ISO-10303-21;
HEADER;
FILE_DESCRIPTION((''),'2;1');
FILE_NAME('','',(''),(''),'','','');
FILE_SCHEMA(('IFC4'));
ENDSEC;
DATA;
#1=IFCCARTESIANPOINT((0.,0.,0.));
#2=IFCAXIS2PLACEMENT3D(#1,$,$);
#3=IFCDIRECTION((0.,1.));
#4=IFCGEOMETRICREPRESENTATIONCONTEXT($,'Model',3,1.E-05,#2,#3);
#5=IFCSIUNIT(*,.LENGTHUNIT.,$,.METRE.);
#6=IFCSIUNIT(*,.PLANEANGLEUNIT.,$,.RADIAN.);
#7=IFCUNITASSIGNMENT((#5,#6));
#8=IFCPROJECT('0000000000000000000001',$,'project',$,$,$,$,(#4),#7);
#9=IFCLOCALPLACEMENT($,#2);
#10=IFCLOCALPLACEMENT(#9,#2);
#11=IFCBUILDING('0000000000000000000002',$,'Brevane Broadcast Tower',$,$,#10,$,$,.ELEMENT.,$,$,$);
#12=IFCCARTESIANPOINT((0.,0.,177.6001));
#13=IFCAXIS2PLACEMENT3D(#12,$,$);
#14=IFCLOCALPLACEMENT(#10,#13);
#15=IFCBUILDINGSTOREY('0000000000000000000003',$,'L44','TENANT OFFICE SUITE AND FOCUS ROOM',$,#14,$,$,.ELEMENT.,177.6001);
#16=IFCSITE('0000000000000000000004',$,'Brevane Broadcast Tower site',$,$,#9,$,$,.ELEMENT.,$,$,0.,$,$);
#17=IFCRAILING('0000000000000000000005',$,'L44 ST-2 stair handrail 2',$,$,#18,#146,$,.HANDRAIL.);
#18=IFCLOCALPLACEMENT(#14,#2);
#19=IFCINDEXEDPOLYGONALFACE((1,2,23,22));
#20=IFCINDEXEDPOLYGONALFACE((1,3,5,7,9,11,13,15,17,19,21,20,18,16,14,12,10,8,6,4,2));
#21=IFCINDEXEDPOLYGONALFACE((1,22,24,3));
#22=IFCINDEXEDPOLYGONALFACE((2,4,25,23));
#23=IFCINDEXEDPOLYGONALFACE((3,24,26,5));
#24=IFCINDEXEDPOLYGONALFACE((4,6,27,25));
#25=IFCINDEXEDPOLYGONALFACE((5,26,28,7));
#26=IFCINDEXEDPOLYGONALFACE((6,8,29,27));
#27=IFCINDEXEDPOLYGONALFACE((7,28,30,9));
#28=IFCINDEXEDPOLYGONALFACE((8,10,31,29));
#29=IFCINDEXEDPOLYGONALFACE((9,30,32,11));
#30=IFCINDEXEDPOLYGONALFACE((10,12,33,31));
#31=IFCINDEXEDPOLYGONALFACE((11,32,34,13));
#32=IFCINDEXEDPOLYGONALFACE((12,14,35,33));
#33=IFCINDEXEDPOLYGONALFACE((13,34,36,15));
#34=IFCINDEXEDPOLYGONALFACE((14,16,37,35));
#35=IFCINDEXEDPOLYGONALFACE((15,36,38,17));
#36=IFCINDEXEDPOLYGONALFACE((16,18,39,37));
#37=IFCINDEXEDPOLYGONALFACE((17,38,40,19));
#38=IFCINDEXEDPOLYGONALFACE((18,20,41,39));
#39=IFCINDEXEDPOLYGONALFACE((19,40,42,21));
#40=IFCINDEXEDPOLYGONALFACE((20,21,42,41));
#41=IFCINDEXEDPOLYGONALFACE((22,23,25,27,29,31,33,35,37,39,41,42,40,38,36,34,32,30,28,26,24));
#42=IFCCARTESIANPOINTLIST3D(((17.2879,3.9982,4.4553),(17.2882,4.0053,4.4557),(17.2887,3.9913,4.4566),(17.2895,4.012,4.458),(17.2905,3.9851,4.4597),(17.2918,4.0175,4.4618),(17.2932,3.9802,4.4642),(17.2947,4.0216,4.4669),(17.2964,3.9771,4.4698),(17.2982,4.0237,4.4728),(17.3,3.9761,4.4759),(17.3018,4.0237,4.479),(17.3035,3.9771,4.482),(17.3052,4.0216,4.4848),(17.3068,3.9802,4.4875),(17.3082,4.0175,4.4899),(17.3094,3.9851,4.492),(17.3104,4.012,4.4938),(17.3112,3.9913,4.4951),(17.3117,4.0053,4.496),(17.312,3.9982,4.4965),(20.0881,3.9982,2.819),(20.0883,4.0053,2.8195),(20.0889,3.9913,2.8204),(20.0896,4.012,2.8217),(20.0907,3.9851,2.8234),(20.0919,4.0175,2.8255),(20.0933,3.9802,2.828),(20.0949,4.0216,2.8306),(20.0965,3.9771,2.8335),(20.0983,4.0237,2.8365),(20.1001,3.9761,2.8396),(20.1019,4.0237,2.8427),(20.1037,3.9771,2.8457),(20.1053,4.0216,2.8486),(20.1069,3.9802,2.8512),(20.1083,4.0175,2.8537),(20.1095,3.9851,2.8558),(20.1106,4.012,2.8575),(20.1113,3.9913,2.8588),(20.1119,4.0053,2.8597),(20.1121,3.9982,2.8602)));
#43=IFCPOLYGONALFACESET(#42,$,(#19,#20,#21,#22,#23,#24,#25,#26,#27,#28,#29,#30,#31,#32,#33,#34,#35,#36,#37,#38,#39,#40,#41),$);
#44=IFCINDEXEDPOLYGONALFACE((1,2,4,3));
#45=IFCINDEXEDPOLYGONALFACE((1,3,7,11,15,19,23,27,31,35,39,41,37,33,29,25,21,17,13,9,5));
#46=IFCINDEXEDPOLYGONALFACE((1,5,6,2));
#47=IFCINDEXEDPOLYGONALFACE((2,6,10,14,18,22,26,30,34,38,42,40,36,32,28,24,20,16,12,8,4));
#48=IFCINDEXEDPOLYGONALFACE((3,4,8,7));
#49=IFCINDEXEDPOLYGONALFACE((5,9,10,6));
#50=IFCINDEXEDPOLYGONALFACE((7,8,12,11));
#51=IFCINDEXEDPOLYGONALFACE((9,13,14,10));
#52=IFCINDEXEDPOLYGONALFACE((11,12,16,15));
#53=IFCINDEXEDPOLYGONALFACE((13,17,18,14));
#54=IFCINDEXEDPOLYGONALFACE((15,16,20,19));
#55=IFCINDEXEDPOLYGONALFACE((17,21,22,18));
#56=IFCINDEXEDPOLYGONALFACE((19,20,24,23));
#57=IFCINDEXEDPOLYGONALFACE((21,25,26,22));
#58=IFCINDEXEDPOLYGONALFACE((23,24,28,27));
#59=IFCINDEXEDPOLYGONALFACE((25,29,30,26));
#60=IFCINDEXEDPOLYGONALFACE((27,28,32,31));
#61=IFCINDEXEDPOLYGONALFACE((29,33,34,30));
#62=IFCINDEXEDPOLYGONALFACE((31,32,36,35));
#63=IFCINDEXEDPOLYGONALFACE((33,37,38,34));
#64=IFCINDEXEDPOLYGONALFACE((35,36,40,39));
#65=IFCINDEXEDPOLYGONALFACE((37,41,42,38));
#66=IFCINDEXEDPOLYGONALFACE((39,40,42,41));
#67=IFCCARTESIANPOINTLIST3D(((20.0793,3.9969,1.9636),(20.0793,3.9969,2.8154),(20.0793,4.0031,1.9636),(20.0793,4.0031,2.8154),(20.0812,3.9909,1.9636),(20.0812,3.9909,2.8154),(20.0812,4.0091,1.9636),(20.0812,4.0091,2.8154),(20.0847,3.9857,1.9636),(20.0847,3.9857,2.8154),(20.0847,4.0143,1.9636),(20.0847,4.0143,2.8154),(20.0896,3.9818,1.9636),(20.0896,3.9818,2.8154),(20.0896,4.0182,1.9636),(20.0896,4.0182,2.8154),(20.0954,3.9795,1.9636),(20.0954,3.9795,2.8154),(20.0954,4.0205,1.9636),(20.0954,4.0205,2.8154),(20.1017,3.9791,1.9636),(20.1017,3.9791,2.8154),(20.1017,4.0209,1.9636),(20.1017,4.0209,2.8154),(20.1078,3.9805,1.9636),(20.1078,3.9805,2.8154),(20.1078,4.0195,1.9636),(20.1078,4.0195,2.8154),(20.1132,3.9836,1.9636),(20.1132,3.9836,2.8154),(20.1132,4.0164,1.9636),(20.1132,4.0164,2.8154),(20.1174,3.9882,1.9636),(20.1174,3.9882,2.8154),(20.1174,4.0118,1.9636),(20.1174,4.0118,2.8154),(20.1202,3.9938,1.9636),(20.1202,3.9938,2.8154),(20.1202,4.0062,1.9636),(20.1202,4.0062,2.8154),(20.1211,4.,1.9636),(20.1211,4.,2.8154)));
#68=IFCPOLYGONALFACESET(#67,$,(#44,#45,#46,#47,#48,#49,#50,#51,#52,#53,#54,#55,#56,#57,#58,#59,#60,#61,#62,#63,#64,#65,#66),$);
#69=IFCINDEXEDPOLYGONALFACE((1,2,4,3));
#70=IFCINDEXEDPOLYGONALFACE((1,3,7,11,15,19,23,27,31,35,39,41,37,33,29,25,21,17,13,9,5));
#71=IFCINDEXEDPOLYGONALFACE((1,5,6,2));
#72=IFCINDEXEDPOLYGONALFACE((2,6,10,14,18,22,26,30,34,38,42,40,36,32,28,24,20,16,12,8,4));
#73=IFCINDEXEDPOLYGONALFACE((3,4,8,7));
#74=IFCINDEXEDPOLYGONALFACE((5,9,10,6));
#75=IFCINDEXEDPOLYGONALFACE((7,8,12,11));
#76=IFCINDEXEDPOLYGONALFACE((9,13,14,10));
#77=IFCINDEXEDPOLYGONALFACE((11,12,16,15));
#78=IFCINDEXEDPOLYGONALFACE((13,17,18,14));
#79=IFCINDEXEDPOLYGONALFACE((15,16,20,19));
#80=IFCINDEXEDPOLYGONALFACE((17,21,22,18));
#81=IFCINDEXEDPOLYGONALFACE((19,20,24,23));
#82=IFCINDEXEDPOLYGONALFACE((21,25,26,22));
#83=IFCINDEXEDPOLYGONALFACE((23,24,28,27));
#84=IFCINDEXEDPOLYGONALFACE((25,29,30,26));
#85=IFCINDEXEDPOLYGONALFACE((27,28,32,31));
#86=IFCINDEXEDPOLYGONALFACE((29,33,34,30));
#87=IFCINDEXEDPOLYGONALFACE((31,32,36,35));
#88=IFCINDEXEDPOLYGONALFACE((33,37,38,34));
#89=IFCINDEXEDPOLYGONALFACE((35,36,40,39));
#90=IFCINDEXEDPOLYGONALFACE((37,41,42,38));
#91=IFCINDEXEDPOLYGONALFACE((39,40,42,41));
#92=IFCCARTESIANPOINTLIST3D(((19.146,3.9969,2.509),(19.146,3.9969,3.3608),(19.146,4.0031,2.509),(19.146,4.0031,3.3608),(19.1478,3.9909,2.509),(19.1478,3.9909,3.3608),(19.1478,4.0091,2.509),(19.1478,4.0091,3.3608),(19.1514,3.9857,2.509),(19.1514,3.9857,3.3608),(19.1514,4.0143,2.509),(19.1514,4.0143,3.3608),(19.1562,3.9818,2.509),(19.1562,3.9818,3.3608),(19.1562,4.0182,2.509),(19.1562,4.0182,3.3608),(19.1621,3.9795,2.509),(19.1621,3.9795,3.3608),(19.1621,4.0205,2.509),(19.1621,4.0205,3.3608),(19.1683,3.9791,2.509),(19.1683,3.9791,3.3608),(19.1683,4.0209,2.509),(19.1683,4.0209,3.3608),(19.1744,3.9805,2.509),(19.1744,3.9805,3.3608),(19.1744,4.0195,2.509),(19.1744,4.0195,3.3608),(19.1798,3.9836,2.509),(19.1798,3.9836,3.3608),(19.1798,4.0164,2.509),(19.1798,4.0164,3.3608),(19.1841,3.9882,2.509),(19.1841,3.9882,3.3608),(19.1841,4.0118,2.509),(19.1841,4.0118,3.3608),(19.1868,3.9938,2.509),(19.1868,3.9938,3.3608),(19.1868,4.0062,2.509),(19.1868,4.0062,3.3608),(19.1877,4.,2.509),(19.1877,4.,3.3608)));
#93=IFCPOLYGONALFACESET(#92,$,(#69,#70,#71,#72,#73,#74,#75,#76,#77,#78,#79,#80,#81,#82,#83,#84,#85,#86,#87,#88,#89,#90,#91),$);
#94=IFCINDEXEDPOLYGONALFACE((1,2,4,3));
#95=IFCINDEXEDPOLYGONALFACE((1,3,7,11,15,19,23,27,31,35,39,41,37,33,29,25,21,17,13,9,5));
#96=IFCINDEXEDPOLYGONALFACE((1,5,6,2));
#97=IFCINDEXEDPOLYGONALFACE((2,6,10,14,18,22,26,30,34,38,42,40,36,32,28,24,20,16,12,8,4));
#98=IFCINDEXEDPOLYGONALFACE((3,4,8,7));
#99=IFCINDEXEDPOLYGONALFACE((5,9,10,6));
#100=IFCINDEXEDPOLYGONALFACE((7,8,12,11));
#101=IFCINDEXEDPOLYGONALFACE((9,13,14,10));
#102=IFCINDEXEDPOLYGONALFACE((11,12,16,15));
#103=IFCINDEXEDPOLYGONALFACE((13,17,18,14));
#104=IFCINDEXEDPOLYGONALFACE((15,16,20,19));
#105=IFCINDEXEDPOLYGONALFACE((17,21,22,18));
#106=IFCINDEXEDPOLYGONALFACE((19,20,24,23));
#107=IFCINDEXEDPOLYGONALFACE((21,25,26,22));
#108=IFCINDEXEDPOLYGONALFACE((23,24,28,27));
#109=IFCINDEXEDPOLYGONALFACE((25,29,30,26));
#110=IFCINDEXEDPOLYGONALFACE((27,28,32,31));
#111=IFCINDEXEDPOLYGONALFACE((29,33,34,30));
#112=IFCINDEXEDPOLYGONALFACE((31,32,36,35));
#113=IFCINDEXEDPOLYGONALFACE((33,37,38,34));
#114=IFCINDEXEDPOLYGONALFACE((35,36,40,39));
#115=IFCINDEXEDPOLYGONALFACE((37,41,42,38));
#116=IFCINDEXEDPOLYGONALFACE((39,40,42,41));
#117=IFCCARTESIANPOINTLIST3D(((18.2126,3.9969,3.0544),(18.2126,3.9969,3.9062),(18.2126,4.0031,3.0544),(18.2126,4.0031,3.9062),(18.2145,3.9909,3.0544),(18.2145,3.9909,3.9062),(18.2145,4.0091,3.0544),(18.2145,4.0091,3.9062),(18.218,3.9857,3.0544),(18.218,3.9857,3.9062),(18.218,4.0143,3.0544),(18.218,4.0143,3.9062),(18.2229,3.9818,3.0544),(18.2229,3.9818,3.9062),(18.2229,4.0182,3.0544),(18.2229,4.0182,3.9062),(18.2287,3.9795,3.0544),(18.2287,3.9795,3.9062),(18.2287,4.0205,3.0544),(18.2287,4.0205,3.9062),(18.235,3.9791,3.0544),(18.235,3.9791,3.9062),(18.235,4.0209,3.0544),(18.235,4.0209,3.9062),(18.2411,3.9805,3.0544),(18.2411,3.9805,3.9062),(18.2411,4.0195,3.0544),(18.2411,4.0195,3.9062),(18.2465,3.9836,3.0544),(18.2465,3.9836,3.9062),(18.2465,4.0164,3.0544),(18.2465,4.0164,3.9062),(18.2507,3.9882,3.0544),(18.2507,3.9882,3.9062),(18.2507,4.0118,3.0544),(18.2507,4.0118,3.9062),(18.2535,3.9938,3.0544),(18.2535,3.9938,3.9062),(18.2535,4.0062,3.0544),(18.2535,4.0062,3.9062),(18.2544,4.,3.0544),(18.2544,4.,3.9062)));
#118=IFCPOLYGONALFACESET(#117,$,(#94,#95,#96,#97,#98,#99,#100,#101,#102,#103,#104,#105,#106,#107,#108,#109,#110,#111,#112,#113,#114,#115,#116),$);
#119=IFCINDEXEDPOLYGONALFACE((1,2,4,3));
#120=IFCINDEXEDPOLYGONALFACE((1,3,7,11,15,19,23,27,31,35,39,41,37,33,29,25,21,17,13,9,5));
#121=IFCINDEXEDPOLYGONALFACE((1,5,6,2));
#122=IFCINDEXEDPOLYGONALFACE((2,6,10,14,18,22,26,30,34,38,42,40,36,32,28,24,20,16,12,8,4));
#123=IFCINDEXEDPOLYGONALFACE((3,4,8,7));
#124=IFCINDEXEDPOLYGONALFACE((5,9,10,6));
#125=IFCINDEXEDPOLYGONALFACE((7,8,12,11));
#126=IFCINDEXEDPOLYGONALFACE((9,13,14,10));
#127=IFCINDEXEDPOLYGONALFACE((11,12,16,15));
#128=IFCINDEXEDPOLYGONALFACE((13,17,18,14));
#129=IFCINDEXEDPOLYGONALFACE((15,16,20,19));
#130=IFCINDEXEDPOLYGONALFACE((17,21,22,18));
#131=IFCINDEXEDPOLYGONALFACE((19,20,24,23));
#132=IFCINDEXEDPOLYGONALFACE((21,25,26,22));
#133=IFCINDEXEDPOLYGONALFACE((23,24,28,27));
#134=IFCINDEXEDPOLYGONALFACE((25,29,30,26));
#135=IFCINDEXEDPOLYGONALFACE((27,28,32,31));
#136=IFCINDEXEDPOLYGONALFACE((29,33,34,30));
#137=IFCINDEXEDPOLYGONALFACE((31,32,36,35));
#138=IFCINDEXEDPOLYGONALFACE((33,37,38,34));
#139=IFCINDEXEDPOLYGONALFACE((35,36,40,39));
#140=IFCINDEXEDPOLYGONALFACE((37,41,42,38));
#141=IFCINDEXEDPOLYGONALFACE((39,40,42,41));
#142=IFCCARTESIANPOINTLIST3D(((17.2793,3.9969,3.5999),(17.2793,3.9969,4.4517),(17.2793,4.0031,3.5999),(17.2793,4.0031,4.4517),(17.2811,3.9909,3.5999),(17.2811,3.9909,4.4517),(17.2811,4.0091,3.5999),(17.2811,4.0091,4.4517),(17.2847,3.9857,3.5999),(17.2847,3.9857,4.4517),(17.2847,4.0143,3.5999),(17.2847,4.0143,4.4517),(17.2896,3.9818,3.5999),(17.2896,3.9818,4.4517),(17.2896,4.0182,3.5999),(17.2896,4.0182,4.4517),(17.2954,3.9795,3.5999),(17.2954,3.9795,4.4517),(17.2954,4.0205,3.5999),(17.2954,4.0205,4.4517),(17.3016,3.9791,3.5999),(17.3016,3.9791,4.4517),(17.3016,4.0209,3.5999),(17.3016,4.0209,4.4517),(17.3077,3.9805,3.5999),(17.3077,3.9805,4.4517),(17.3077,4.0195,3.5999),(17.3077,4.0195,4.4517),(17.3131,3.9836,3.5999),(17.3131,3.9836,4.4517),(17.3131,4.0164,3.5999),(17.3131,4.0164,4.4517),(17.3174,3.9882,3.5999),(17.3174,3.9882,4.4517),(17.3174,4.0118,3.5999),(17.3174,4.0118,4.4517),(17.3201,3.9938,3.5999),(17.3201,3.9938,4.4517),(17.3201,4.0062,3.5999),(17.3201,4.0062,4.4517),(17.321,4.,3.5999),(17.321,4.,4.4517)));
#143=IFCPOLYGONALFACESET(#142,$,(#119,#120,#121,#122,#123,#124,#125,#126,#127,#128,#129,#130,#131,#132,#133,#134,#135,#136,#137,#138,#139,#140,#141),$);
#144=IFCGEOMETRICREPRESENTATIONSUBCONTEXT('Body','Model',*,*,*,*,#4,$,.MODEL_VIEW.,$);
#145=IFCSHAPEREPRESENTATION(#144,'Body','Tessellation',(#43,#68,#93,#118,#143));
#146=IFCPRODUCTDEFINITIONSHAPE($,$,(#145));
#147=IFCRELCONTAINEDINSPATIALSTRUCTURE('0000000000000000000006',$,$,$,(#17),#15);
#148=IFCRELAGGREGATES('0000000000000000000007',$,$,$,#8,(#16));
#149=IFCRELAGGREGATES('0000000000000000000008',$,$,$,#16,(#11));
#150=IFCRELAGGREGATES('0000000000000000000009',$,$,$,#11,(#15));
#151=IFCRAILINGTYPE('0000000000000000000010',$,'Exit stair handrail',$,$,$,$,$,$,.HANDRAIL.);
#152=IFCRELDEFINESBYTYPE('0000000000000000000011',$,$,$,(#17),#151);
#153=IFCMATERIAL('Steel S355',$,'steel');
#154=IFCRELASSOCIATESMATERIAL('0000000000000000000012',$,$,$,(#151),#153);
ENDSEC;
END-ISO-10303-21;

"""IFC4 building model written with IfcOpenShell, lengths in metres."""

from ifc_helpers import new_model, si_unit, direction, frame, origin, origin_2d, place, context, subcontext, project, spatial, circle, extrude, material, type_object, element, save


model = new_model("IFC4")

# Units and contexts
model_context = context("Model", 3, precision=1e-05, world=origin(), true_north=direction((0.0, 1.0)))
body_context = subcontext(model_context, "Body", "Model", "MODEL_VIEW")
ifc_project = project(units=[si_unit("LENGTHUNIT", "METRE"), si_unit("PLANEANGLEUNIT", "RADIAN")], contexts=[model_context])

# Site, building, storey
site_placement = place(None, origin())
site = spatial("IfcSite", under=ifc_project, at=site_placement, Name="Brevane Broadcast Tower site", CompositionType="ELEMENT", RefElevation=0.0)
building_placement = place(site_placement, origin())
building = spatial("IfcBuilding", under=site, at=building_placement, Name="Brevane Broadcast Tower", CompositionType="ELEMENT")
storey_placement = place(building_placement, frame((0.0, 0.0, 177.6001)))
storey = spatial("IfcBuildingStorey", under=building, at=storey_placement, Name="L44", Description="TENANT OFFICE SUITE AND FOCUS ROOM", CompositionType="ELEMENT", Elevation=177.6001)

# Railing
ifc_material_1 = material(Name="Steel S355", Category="steel")
railing_type_1 = type_object("IfcRailingType", Name="Exit stair handrail", PredefinedType="HANDRAIL", material=ifc_material_1)
railing_1_placement = place(storey_placement, frame((20.1001, 4.0, 1.9636)))
element("IfcRailing", 1, at=railing_1_placement, inside=storey, type_object=railing_type_1, Name="L44 ST-2 stair handrail 2", PredefinedType="HANDRAIL", context=body_context, shape_type="SweptSolid", body=[
    extrude(circle(Radius=0.0239, at=origin_2d()), frame((0.0, 0.0, 0.876), z_axis=(-0.863394, 0.0, 0.504531), x_axis=(0.0, -1.0, 0.0)), (0.0, 0.0, 1.0), 3.2432),
    extrude(circle(Radius=0.021, at=origin_2d()), origin(), (0.0, 0.0, 1.0), 0.8518),
    extrude(circle(Radius=0.021, at=origin_2d()), frame((-0.9333, 0.0, 0.5454)), (0.0, 0.0, 1.0), 0.8518),
    extrude(circle(Radius=0.021, at=origin_2d()), frame((-1.8667, 0.0, 1.0908)), (0.0, 0.0, 1.0), 0.8518),
    extrude(circle(Radius=0.021, at=origin_2d()), frame((-2.8, 0.0, 1.6362)), (0.0, 0.0, 1.0), 0.8518),
])

save(model, "model.ifc")
